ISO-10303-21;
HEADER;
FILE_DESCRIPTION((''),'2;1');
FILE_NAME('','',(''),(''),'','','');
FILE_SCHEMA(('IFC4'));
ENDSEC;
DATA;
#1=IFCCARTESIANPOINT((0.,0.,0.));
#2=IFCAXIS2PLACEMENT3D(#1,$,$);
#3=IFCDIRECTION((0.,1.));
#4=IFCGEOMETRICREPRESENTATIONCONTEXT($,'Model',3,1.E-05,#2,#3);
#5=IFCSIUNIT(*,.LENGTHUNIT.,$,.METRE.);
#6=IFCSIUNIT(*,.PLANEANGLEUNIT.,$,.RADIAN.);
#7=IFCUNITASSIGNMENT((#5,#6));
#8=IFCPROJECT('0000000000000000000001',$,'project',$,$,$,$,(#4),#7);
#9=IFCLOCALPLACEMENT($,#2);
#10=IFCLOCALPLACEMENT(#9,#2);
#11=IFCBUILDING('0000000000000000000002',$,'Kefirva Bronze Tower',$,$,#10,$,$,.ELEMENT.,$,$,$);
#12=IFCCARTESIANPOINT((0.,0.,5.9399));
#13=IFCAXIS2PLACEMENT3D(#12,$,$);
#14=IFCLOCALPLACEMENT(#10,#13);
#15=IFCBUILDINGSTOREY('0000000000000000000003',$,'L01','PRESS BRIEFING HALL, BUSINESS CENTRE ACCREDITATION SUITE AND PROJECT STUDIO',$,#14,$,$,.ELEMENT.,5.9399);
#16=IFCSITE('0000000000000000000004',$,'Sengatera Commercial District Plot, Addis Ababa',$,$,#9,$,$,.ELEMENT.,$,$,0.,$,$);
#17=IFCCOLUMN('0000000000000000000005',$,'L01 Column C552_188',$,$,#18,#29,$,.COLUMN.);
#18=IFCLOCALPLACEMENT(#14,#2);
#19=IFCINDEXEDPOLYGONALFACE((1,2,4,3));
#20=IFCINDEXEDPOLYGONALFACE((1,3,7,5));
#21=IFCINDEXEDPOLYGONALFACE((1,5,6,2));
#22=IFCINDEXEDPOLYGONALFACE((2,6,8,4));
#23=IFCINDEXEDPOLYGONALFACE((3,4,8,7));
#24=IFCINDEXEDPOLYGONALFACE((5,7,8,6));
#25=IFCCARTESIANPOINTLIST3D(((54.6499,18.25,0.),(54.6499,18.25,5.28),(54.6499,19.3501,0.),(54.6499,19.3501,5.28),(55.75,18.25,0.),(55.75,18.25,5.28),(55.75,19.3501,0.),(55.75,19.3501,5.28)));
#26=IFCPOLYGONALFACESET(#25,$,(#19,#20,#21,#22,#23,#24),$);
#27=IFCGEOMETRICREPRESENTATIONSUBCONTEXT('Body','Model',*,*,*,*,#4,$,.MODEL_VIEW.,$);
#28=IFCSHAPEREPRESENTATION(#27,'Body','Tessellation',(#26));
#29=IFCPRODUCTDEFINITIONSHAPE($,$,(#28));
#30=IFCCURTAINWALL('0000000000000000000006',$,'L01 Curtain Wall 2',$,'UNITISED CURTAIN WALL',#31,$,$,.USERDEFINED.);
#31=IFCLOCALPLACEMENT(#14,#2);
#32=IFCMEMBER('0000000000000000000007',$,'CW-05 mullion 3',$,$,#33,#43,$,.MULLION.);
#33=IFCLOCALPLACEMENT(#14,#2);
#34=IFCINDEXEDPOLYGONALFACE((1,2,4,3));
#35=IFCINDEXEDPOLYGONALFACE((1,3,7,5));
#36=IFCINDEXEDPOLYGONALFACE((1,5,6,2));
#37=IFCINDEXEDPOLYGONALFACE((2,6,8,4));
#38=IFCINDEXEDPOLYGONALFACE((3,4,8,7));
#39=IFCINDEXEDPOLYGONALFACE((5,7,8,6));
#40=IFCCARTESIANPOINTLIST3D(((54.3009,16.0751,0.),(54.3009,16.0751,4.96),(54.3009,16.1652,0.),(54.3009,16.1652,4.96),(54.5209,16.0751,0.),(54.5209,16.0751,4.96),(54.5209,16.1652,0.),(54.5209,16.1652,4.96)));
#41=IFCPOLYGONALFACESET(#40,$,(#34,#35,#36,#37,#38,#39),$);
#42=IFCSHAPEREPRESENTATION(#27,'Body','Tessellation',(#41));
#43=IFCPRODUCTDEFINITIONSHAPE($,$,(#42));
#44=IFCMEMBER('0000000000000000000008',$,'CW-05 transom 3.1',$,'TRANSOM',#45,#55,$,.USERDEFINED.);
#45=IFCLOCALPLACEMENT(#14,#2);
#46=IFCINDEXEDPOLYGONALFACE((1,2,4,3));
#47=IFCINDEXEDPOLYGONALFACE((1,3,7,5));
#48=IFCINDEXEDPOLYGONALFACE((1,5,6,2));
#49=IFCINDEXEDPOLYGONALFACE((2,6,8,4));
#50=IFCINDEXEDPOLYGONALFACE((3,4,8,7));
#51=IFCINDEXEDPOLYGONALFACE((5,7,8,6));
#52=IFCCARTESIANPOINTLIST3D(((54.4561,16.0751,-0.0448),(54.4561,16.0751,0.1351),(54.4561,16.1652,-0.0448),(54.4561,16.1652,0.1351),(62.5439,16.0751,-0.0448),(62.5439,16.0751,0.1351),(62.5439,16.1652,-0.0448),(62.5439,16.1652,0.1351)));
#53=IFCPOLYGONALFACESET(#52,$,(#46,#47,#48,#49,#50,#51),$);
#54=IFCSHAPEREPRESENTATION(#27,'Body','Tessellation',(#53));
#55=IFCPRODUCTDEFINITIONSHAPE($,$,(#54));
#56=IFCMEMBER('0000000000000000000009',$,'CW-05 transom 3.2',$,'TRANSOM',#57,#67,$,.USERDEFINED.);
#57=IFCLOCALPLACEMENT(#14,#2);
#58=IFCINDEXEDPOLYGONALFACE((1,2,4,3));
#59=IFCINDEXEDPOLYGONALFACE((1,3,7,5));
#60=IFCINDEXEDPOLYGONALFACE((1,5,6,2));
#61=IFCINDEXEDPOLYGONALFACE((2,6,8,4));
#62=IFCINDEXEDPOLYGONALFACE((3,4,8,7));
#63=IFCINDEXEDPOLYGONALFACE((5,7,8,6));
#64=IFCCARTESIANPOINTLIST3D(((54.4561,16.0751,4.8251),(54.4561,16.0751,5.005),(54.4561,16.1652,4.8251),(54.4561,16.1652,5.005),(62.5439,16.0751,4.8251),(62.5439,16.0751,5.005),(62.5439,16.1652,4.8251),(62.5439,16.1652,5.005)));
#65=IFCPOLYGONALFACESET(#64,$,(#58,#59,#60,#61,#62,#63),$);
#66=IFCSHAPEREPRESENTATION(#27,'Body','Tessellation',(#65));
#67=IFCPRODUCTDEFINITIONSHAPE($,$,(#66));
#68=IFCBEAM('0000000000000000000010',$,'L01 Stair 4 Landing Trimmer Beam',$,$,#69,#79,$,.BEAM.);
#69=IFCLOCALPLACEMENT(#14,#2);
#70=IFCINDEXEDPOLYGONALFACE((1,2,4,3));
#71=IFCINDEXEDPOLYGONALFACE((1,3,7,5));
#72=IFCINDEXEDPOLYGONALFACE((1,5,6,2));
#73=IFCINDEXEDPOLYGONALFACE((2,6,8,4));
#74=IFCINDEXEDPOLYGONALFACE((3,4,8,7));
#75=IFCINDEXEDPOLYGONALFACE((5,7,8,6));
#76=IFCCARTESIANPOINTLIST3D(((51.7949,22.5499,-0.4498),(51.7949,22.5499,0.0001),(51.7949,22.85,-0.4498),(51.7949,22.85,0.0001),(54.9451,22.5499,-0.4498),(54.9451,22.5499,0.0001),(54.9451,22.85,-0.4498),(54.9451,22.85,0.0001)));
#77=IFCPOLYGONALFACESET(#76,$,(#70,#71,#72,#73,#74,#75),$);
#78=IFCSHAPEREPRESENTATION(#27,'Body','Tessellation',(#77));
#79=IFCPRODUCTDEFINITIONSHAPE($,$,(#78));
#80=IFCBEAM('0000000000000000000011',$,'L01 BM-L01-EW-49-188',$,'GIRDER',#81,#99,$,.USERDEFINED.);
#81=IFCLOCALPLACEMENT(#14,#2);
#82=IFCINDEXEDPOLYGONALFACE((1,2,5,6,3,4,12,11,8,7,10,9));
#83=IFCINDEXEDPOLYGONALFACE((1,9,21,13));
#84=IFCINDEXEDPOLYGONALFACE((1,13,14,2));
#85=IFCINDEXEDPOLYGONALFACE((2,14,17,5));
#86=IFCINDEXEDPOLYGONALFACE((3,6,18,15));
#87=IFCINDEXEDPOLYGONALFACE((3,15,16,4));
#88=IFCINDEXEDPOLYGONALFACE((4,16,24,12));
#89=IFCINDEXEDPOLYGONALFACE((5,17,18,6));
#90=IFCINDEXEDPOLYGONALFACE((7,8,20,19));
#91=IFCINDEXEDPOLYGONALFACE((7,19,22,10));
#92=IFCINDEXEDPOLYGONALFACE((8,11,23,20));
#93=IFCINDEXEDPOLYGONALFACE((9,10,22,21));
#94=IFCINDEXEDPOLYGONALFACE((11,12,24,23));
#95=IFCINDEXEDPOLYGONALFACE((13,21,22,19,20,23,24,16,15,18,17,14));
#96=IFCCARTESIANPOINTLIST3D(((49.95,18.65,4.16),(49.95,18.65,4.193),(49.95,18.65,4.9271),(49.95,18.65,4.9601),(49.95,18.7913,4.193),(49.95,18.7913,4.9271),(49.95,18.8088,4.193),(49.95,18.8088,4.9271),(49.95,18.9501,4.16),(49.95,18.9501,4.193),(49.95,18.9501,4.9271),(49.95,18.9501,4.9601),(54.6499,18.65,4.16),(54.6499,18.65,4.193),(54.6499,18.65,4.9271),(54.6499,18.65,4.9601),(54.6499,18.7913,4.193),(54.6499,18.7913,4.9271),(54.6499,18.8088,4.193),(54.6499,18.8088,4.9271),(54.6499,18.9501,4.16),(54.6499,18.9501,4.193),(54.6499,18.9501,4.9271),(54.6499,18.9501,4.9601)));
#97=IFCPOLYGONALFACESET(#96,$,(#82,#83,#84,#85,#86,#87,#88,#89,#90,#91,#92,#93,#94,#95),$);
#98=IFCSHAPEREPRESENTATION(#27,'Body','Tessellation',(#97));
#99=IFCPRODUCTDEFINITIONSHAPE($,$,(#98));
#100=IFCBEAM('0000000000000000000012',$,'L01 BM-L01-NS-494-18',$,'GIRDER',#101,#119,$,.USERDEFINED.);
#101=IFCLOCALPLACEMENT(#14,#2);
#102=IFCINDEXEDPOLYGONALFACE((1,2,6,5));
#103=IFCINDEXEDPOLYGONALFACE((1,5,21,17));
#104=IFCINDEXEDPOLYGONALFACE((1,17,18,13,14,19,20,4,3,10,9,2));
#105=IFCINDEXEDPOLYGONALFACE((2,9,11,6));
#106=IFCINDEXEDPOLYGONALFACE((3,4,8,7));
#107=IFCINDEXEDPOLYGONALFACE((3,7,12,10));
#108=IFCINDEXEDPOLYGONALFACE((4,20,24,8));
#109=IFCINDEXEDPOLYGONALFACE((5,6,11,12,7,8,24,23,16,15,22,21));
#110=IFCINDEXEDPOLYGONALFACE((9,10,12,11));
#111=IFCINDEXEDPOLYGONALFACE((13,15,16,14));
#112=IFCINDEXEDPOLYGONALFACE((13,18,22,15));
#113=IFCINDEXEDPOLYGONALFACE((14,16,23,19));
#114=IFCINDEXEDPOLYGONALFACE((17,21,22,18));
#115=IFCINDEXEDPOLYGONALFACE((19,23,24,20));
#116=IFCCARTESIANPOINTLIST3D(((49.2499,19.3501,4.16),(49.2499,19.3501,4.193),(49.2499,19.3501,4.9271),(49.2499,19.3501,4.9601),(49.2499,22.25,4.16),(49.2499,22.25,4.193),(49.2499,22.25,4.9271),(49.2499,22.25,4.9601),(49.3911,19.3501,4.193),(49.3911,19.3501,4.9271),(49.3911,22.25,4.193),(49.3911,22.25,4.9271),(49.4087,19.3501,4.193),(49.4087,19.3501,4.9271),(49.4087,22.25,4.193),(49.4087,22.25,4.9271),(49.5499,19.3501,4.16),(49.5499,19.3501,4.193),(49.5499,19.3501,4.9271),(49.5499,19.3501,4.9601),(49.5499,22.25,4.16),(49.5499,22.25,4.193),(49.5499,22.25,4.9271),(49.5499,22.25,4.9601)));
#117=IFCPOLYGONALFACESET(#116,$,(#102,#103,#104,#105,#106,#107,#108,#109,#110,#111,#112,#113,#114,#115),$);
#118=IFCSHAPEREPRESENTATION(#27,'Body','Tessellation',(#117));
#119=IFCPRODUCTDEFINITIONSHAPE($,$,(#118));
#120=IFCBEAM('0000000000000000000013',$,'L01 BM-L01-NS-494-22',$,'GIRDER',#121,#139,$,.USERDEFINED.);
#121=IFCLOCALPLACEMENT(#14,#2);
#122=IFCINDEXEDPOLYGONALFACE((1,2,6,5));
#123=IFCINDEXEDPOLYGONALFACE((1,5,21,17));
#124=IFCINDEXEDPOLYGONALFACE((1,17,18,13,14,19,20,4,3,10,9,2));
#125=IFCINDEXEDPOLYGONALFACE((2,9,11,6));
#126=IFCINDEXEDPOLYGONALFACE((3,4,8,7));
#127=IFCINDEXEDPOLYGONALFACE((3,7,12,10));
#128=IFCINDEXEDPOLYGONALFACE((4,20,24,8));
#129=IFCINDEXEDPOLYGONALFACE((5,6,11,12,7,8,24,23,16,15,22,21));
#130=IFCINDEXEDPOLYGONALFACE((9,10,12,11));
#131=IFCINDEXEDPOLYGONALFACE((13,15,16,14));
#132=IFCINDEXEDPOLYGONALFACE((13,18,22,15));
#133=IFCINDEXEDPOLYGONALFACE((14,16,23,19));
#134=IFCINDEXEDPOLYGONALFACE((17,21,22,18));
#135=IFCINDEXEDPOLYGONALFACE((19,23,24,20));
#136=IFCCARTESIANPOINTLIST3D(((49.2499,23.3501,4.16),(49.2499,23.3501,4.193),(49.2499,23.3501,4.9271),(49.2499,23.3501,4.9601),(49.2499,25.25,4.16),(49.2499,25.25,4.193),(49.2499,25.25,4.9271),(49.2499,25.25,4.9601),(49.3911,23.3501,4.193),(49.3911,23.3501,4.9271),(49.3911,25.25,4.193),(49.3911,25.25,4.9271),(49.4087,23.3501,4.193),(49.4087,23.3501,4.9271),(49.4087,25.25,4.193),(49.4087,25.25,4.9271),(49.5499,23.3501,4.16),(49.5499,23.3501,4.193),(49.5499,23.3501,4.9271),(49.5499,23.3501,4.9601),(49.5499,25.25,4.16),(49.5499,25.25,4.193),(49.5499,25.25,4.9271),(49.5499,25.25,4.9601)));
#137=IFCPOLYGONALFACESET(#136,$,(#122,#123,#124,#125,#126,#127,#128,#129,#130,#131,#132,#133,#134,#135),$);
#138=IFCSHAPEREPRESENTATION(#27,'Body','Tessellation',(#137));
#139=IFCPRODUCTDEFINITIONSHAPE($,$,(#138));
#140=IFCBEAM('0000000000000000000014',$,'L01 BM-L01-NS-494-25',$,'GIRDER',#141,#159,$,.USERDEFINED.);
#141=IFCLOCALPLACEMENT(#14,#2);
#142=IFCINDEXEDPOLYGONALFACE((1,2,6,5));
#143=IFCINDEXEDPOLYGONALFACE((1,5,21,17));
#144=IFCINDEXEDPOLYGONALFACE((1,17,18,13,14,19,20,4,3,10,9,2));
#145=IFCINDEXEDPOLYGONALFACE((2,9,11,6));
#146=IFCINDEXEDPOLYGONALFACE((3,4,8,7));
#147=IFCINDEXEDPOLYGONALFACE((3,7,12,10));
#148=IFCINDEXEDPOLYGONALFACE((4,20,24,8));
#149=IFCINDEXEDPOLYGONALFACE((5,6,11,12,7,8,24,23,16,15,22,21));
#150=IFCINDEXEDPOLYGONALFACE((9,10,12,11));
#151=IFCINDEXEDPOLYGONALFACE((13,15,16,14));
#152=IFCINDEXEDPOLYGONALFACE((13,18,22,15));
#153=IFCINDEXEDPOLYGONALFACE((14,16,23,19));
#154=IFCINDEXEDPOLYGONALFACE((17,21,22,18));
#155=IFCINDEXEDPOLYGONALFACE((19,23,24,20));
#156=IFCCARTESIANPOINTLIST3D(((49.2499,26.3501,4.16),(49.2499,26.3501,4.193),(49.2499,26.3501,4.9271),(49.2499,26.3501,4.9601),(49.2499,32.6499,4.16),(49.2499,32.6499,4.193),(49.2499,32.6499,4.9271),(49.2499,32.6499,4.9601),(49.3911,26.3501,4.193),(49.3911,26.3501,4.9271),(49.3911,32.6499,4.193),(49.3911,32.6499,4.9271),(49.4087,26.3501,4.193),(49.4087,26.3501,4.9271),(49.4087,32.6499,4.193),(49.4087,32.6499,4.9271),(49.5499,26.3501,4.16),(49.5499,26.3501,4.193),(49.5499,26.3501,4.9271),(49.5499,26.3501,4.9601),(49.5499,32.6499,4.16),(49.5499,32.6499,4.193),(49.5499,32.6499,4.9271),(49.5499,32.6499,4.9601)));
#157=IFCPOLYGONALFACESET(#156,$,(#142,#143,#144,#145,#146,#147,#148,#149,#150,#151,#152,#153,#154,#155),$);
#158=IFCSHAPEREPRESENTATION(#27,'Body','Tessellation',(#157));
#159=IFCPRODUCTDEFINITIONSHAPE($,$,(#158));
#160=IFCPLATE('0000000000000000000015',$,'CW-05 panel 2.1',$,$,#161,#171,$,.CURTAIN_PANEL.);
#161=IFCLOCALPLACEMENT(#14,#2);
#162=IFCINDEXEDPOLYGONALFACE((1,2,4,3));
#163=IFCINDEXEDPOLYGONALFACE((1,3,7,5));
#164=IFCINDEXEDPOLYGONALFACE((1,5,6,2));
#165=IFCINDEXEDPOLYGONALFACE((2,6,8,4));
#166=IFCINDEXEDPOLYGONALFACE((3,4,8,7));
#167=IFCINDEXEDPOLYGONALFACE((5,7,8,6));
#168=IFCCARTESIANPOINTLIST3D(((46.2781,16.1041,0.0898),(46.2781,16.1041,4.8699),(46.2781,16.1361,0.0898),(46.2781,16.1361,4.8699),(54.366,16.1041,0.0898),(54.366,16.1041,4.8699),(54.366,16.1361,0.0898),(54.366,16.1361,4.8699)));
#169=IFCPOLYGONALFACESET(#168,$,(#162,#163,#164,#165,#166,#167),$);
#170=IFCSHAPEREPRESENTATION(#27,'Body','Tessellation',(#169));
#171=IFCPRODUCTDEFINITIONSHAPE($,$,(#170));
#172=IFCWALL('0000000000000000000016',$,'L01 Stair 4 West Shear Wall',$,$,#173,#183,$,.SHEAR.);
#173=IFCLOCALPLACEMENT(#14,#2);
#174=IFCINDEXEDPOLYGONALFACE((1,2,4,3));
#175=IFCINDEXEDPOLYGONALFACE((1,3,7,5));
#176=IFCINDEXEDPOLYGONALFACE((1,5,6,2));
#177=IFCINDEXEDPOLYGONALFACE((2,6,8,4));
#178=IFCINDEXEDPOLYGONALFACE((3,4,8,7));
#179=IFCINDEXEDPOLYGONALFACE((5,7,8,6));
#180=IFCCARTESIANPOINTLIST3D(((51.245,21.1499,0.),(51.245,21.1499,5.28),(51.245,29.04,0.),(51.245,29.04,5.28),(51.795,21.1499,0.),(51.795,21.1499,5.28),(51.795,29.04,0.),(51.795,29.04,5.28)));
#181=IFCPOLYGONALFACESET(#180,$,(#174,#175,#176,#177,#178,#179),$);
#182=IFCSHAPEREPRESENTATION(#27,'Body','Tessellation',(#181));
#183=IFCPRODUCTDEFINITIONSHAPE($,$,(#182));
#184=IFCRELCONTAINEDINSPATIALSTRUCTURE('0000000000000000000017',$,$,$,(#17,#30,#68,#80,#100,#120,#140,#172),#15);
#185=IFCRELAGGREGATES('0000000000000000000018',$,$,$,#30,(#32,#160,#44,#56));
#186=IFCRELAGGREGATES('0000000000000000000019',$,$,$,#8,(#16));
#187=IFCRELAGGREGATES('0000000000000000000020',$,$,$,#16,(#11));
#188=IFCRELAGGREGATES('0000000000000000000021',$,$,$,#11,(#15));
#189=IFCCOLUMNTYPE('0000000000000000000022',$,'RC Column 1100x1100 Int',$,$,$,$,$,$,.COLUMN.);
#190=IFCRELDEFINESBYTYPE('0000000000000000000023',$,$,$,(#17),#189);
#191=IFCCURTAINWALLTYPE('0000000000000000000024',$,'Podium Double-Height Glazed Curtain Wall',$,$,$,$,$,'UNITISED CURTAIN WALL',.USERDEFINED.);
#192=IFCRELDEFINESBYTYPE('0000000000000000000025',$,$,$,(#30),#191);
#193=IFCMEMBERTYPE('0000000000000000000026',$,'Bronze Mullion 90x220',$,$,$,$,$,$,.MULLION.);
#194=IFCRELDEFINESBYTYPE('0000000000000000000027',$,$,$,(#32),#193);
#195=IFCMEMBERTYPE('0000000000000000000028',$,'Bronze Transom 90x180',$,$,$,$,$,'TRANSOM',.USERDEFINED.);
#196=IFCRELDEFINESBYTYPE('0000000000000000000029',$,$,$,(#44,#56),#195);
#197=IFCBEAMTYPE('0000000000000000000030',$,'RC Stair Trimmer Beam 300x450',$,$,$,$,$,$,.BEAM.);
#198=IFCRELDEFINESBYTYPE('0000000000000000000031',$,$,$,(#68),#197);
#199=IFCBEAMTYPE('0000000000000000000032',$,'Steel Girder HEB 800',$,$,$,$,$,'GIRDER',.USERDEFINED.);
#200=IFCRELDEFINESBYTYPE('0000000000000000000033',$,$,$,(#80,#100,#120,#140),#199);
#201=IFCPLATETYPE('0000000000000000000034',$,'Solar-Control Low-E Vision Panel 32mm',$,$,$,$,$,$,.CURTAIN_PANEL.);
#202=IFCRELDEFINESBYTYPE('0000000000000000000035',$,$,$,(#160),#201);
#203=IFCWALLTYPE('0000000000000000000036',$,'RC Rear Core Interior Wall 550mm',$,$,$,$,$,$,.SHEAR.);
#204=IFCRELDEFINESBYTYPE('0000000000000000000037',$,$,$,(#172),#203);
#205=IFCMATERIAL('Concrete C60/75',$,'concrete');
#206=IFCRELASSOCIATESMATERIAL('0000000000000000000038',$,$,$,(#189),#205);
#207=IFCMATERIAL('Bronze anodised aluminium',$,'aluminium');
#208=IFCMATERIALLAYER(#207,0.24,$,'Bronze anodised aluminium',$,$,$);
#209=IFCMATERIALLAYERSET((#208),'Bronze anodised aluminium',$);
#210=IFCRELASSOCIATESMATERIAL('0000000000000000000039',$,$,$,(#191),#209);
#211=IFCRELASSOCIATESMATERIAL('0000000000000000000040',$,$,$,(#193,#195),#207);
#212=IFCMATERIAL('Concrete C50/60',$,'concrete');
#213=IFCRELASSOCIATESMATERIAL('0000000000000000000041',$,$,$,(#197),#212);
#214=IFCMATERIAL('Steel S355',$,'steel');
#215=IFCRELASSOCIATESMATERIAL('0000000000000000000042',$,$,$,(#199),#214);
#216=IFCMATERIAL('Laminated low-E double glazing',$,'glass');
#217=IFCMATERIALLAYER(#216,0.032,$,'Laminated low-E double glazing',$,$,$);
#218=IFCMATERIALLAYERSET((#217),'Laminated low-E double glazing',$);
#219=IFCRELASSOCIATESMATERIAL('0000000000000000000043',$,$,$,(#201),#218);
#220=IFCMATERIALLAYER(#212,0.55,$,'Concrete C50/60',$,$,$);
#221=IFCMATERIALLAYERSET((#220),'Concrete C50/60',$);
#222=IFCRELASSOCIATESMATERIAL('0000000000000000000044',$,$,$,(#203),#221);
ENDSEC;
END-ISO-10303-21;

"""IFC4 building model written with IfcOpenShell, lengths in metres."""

from ifc_helpers import new_model, si_unit, direction, frame, frame_2d, origin, origin_2d, place, context, subcontext, project, spatial, rectangle, i_section, extrude, material, layer, layer_set, material_profile, profile_set, type_object, element, aggregate, save


model = new_model("IFC4")

# Units and contexts
model_context = context("Model", 3, precision=1e-05, world=origin(), true_north=direction((0.0, 1.0)))
body_context = subcontext(model_context, "Body", "Model", "MODEL_VIEW")
ifc_project = project(units=[si_unit("LENGTHUNIT", "METRE"), si_unit("PLANEANGLEUNIT", "RADIAN")], contexts=[model_context])

# Site, building, storey
site_placement = place(None, origin())
site = spatial("IfcSite", under=ifc_project, at=site_placement, Name="Sengatera Commercial District Plot, Addis Ababa", CompositionType="ELEMENT", RefElevation=0.0)
building_placement = place(site_placement, origin())
building = spatial("IfcBuilding", under=site, at=building_placement, Name="Kefirva Bronze Tower", CompositionType="ELEMENT")
storey_placement = place(building_placement, frame((0.0, 0.0, 5.9399)))
storey = spatial("IfcBuildingStorey", under=building, at=storey_placement, Name="L01", Description="PRESS BRIEFING HALL, BUSINESS CENTRE ACCREDITATION SUITE AND PROJECT STUDIO", CompositionType="ELEMENT", Elevation=5.9399)

# Column
ifc_material_1 = material(Name="Concrete C60/75", Category="concrete")
ifc_material_profile_1 = material_profile(ifc_material_1, rectangle(XDim=1.1001, YDim=1.1001, at=origin_2d()), Name="RC 1100x1100")
ifc_profile_set_1 = profile_set([ifc_material_profile_1], Name="Concrete C60/75")
column_type = type_object("IfcColumnType", Name="RC Column 1100x1100 Int", PredefinedType="COLUMN", material=ifc_profile_set_1)
column_placement = place(storey_placement, frame((55.2, 18.8, 0.0), z_axis=(0.0, 0.0, 1.0), x_axis=(1.0, 0.0, 0.0)))
element("IfcColumn", 1, at=column_placement, inside=storey, type_object=column_type, Name="L01 Column C552_188", PredefinedType="COLUMN", context=body_context, shape_type="SweptSolid", body=[
    extrude(rectangle(XDim=1.1001, YDim=1.1001, at=origin_2d()), origin(), (0.0, 0.0, 1.0), 5.28),
])

# Curtain wall, members
ifc_material_2 = material(Name="Bronze anodised aluminium", Category="aluminium")
ifc_layer_1 = layer(ifc_material_2, 0.24, Name="Bronze anodised aluminium")
ifc_layer_set_1 = layer_set([ifc_layer_1], Name="Bronze anodised aluminium")
curtain_wall_type = type_object("IfcCurtainWallType", Name="Podium Double-Height Glazed Curtain Wall", ElementType="UNITISED CURTAIN WALL", PredefinedType="USERDEFINED", material=ifc_layer_set_1)
curtain_wall_placement = place(storey_placement, origin())
curtain_wall = element("IfcCurtainWall", 2, at=curtain_wall_placement, inside=storey, type_object=curtain_wall_type, Name="L01 Curtain Wall 2", ObjectType="UNITISED CURTAIN WALL", PredefinedType="USERDEFINED")
ifc_material_profile_2 = material_profile(ifc_material_2, rectangle(XDim=0.0901, YDim=0.22, at=origin_2d()), Name="ALU 90x220")
ifc_profile_set_2 = profile_set([ifc_material_profile_2], Name="Bronze anodised aluminium")
member_type_1 = type_object("IfcMemberType", Name="Bronze Mullion 90x220", PredefinedType="MULLION", material=ifc_profile_set_2)
member_1_placement = place(storey_placement, frame((54.4109, 16.1201, 0.0), z_axis=(0.0, 0.0, 1.0), x_axis=(0.0, 1.0, 0.0)))
member_1 = element("IfcMember", 3, at=member_1_placement, type_object=member_type_1, Name="CW-05 mullion 3", PredefinedType="MULLION", context=body_context, shape_type="SweptSolid", body=[
    extrude(rectangle(XDim=0.0901, YDim=0.22, at=origin_2d()), origin(), (0.0, 0.0, 1.0), 4.96),
])
ifc_material_profile_3 = material_profile(ifc_material_2, rectangle(XDim=0.0901, YDim=0.1799, at=origin_2d()), Name="ALU 90x180")
ifc_profile_set_3 = profile_set([ifc_material_profile_3], Name="Bronze anodised aluminium")
member_type_2 = type_object("IfcMemberType", Name="Bronze Transom 90x180", ElementType="TRANSOM", PredefinedType="USERDEFINED", material=ifc_profile_set_3)
member_2_placement = place(storey_placement, frame((54.4561, 16.1201, 0.0452), z_axis=(1.0, 0.0, 0.0), x_axis=(0.0, 1.0, 0.0)))
member_2 = element("IfcMember", 4, at=member_2_placement, type_object=member_type_2, Name="CW-05 transom 3.1", ObjectType="TRANSOM", PredefinedType="USERDEFINED", context=body_context, shape_type="SweptSolid", body=[
    extrude(rectangle(XDim=0.0901, YDim=0.1799, at=origin_2d()), origin(), (0.0, 0.0, 1.0), 8.0879),
])
member_3_placement = place(storey_placement, frame((54.4561, 16.1201, 4.915), z_axis=(1.0, 0.0, 0.0), x_axis=(0.0, 1.0, 0.0)))
member_3 = element("IfcMember", 5, at=member_3_placement, type_object=member_type_2, Name="CW-05 transom 3.2", ObjectType="TRANSOM", PredefinedType="USERDEFINED", context=body_context, shape_type="SweptSolid", body=[
    extrude(rectangle(XDim=0.0901, YDim=0.1799, at=origin_2d()), origin(), (0.0, 0.0, 1.0), 8.0879),
])

# Beams
ifc_material_3 = material(Name="Concrete C50/60", Category="concrete")
ifc_material_profile_4 = material_profile(ifc_material_3, rectangle(XDim=0.3, YDim=0.45, at=origin_2d()), Name="RC 300x450")
ifc_profile_set_4 = profile_set([ifc_material_profile_4], Name="Concrete C50/60")
beam_type_1 = type_object("IfcBeamType", Name="RC Stair Trimmer Beam 300x450", PredefinedType="BEAM", material=ifc_profile_set_4)
beam_1_placement = place(storey_placement, frame((51.7949, 22.7, -0.2249), z_axis=(1.0, 0.0, 0.0), x_axis=(0.0, 1.0, 0.0)))
element("IfcBeam", 6, at=beam_1_placement, inside=storey, type_object=beam_type_1, Name="L01 Stair 4 Landing Trimmer Beam", PredefinedType="BEAM", context=body_context, shape_type="SweptSolid", body=[
    extrude(rectangle(XDim=0.3, YDim=0.45, at=origin_2d()), origin(), (0.0, 0.0, 1.0), 3.1501),
])
ifc_material_4 = material(Name="Steel S355", Category="steel")
ifc_material_profile_5 = material_profile(ifc_material_4, i_section(OverallWidth=0.3, OverallDepth=0.8, WebThickness=0.0176, FlangeThickness=0.033, at=origin_2d()), Name="HEB 800")
ifc_profile_set_5 = profile_set([ifc_material_profile_5], Name="Steel S355")
beam_type_2 = type_object("IfcBeamType", Name="Steel Girder HEB 800", ElementType="GIRDER", PredefinedType="USERDEFINED", material=ifc_profile_set_5)
beam_2_placement = place(storey_placement, frame((49.95, 18.8, 4.5601), z_axis=(1.0, 0.0, 0.0), x_axis=(0.0, 1.0, 0.0)))
element("IfcBeam", 7, at=beam_2_placement, inside=storey, type_object=beam_type_2, Name="L01 BM-L01-EW-49-188", ObjectType="GIRDER", PredefinedType="USERDEFINED", context=body_context, shape_type="SweptSolid", body=[
    extrude(i_section(OverallWidth=0.3, OverallDepth=0.8, WebThickness=0.0176, FlangeThickness=0.033, at=origin_2d()), origin(), (0.0, 0.0, 1.0), 4.7),
])
beam_3_placement = place(storey_placement, frame((49.3999, 19.3501, 4.5601), z_axis=(0.0, 1.0, 0.0), x_axis=(-1.0, 0.0, 0.0)))
element("IfcBeam", 8, at=beam_3_placement, inside=storey, type_object=beam_type_2, Name="L01 BM-L01-NS-494-18", ObjectType="GIRDER", PredefinedType="USERDEFINED", context=body_context, shape_type="SweptSolid", body=[
    extrude(i_section(OverallWidth=0.3, OverallDepth=0.8, WebThickness=0.0176, FlangeThickness=0.033, at=origin_2d()), origin(), (0.0, 0.0, 1.0), 2.8999),
])
beam_4_placement = place(storey_placement, frame((49.3999, 23.3501, 4.5601), z_axis=(0.0, 1.0, 0.0), x_axis=(-1.0, 0.0, 0.0)))
element("IfcBeam", 9, at=beam_4_placement, inside=storey, type_object=beam_type_2, Name="L01 BM-L01-NS-494-22", ObjectType="GIRDER", PredefinedType="USERDEFINED", context=body_context, shape_type="SweptSolid", body=[
    extrude(i_section(OverallWidth=0.3, OverallDepth=0.8, WebThickness=0.0176, FlangeThickness=0.033, at=origin_2d()), origin(), (0.0, 0.0, 1.0), 1.8999),
])
beam_5_placement = place(storey_placement, frame((49.3999, 26.3501, 4.5601), z_axis=(0.0, 1.0, 0.0), x_axis=(-1.0, 0.0, 0.0)))
element("IfcBeam", 10, at=beam_5_placement, inside=storey, type_object=beam_type_2, Name="L01 BM-L01-NS-494-25", ObjectType="GIRDER", PredefinedType="USERDEFINED", context=body_context, shape_type="SweptSolid", body=[
    extrude(i_section(OverallWidth=0.3, OverallDepth=0.8, WebThickness=0.0176, FlangeThickness=0.033, at=origin_2d()), origin(), (0.0, 0.0, 1.0), 6.2998),
])

# Plate
ifc_material_5 = material(Name="Laminated low-E double glazing", Category="glass")
ifc_layer_2 = layer(ifc_material_5, 0.032, Name="Laminated low-E double glazing")
ifc_layer_set_2 = layer_set([ifc_layer_2], Name="Laminated low-E double glazing")
plate_type = type_object("IfcPlateType", Name="Solar-Control Low-E Vision Panel 32mm", PredefinedType="CURTAIN_PANEL", material=ifc_layer_set_2)
plate_placement = place(storey_placement, frame((50.322, 16.1201, 0.0898), z_axis=(0.0, 0.0, 1.0), x_axis=(1.0, 0.0, 0.0)))
plate = element("IfcPlate", 11, at=plate_placement, type_object=plate_type, Name="CW-05 panel 2.1", PredefinedType="CURTAIN_PANEL", context=body_context, shape_type="SweptSolid", body=[
    extrude(rectangle(XDim=8.0879, YDim=0.032, at=origin_2d()), origin(), (0.0, 0.0, 1.0), 4.78),
])
aggregate(curtain_wall, [member_1, plate, member_2, member_3])

# Wall
ifc_layer_3 = layer(ifc_material_3, 0.55, Name="Concrete C50/60")
ifc_layer_set_3 = layer_set([ifc_layer_3], Name="Concrete C50/60")
wall_type_1 = type_object("IfcWallType", Name="RC Rear Core Interior Wall 550mm", PredefinedType="SHEAR", material=ifc_layer_set_3)
wall_1_placement = place(storey_placement, frame((51.52, 21.1499, 0.0), z_axis=(0.0, 0.0, 1.0), x_axis=(0.0, 1.0, 0.0)))
element("IfcWall", 12, at=wall_1_placement, inside=storey, type_object=wall_type_1, Name="L01 Stair 4 West Shear Wall", PredefinedType="SHEAR", context=body_context, shape_type="SweptSolid", body=[
    extrude(rectangle(XDim=7.8901, YDim=0.55, at=frame_2d((3.9451, 0.0))), origin(), (0.0, 0.0, 1.0), 5.28),
])

save(model, "model.ifc")
